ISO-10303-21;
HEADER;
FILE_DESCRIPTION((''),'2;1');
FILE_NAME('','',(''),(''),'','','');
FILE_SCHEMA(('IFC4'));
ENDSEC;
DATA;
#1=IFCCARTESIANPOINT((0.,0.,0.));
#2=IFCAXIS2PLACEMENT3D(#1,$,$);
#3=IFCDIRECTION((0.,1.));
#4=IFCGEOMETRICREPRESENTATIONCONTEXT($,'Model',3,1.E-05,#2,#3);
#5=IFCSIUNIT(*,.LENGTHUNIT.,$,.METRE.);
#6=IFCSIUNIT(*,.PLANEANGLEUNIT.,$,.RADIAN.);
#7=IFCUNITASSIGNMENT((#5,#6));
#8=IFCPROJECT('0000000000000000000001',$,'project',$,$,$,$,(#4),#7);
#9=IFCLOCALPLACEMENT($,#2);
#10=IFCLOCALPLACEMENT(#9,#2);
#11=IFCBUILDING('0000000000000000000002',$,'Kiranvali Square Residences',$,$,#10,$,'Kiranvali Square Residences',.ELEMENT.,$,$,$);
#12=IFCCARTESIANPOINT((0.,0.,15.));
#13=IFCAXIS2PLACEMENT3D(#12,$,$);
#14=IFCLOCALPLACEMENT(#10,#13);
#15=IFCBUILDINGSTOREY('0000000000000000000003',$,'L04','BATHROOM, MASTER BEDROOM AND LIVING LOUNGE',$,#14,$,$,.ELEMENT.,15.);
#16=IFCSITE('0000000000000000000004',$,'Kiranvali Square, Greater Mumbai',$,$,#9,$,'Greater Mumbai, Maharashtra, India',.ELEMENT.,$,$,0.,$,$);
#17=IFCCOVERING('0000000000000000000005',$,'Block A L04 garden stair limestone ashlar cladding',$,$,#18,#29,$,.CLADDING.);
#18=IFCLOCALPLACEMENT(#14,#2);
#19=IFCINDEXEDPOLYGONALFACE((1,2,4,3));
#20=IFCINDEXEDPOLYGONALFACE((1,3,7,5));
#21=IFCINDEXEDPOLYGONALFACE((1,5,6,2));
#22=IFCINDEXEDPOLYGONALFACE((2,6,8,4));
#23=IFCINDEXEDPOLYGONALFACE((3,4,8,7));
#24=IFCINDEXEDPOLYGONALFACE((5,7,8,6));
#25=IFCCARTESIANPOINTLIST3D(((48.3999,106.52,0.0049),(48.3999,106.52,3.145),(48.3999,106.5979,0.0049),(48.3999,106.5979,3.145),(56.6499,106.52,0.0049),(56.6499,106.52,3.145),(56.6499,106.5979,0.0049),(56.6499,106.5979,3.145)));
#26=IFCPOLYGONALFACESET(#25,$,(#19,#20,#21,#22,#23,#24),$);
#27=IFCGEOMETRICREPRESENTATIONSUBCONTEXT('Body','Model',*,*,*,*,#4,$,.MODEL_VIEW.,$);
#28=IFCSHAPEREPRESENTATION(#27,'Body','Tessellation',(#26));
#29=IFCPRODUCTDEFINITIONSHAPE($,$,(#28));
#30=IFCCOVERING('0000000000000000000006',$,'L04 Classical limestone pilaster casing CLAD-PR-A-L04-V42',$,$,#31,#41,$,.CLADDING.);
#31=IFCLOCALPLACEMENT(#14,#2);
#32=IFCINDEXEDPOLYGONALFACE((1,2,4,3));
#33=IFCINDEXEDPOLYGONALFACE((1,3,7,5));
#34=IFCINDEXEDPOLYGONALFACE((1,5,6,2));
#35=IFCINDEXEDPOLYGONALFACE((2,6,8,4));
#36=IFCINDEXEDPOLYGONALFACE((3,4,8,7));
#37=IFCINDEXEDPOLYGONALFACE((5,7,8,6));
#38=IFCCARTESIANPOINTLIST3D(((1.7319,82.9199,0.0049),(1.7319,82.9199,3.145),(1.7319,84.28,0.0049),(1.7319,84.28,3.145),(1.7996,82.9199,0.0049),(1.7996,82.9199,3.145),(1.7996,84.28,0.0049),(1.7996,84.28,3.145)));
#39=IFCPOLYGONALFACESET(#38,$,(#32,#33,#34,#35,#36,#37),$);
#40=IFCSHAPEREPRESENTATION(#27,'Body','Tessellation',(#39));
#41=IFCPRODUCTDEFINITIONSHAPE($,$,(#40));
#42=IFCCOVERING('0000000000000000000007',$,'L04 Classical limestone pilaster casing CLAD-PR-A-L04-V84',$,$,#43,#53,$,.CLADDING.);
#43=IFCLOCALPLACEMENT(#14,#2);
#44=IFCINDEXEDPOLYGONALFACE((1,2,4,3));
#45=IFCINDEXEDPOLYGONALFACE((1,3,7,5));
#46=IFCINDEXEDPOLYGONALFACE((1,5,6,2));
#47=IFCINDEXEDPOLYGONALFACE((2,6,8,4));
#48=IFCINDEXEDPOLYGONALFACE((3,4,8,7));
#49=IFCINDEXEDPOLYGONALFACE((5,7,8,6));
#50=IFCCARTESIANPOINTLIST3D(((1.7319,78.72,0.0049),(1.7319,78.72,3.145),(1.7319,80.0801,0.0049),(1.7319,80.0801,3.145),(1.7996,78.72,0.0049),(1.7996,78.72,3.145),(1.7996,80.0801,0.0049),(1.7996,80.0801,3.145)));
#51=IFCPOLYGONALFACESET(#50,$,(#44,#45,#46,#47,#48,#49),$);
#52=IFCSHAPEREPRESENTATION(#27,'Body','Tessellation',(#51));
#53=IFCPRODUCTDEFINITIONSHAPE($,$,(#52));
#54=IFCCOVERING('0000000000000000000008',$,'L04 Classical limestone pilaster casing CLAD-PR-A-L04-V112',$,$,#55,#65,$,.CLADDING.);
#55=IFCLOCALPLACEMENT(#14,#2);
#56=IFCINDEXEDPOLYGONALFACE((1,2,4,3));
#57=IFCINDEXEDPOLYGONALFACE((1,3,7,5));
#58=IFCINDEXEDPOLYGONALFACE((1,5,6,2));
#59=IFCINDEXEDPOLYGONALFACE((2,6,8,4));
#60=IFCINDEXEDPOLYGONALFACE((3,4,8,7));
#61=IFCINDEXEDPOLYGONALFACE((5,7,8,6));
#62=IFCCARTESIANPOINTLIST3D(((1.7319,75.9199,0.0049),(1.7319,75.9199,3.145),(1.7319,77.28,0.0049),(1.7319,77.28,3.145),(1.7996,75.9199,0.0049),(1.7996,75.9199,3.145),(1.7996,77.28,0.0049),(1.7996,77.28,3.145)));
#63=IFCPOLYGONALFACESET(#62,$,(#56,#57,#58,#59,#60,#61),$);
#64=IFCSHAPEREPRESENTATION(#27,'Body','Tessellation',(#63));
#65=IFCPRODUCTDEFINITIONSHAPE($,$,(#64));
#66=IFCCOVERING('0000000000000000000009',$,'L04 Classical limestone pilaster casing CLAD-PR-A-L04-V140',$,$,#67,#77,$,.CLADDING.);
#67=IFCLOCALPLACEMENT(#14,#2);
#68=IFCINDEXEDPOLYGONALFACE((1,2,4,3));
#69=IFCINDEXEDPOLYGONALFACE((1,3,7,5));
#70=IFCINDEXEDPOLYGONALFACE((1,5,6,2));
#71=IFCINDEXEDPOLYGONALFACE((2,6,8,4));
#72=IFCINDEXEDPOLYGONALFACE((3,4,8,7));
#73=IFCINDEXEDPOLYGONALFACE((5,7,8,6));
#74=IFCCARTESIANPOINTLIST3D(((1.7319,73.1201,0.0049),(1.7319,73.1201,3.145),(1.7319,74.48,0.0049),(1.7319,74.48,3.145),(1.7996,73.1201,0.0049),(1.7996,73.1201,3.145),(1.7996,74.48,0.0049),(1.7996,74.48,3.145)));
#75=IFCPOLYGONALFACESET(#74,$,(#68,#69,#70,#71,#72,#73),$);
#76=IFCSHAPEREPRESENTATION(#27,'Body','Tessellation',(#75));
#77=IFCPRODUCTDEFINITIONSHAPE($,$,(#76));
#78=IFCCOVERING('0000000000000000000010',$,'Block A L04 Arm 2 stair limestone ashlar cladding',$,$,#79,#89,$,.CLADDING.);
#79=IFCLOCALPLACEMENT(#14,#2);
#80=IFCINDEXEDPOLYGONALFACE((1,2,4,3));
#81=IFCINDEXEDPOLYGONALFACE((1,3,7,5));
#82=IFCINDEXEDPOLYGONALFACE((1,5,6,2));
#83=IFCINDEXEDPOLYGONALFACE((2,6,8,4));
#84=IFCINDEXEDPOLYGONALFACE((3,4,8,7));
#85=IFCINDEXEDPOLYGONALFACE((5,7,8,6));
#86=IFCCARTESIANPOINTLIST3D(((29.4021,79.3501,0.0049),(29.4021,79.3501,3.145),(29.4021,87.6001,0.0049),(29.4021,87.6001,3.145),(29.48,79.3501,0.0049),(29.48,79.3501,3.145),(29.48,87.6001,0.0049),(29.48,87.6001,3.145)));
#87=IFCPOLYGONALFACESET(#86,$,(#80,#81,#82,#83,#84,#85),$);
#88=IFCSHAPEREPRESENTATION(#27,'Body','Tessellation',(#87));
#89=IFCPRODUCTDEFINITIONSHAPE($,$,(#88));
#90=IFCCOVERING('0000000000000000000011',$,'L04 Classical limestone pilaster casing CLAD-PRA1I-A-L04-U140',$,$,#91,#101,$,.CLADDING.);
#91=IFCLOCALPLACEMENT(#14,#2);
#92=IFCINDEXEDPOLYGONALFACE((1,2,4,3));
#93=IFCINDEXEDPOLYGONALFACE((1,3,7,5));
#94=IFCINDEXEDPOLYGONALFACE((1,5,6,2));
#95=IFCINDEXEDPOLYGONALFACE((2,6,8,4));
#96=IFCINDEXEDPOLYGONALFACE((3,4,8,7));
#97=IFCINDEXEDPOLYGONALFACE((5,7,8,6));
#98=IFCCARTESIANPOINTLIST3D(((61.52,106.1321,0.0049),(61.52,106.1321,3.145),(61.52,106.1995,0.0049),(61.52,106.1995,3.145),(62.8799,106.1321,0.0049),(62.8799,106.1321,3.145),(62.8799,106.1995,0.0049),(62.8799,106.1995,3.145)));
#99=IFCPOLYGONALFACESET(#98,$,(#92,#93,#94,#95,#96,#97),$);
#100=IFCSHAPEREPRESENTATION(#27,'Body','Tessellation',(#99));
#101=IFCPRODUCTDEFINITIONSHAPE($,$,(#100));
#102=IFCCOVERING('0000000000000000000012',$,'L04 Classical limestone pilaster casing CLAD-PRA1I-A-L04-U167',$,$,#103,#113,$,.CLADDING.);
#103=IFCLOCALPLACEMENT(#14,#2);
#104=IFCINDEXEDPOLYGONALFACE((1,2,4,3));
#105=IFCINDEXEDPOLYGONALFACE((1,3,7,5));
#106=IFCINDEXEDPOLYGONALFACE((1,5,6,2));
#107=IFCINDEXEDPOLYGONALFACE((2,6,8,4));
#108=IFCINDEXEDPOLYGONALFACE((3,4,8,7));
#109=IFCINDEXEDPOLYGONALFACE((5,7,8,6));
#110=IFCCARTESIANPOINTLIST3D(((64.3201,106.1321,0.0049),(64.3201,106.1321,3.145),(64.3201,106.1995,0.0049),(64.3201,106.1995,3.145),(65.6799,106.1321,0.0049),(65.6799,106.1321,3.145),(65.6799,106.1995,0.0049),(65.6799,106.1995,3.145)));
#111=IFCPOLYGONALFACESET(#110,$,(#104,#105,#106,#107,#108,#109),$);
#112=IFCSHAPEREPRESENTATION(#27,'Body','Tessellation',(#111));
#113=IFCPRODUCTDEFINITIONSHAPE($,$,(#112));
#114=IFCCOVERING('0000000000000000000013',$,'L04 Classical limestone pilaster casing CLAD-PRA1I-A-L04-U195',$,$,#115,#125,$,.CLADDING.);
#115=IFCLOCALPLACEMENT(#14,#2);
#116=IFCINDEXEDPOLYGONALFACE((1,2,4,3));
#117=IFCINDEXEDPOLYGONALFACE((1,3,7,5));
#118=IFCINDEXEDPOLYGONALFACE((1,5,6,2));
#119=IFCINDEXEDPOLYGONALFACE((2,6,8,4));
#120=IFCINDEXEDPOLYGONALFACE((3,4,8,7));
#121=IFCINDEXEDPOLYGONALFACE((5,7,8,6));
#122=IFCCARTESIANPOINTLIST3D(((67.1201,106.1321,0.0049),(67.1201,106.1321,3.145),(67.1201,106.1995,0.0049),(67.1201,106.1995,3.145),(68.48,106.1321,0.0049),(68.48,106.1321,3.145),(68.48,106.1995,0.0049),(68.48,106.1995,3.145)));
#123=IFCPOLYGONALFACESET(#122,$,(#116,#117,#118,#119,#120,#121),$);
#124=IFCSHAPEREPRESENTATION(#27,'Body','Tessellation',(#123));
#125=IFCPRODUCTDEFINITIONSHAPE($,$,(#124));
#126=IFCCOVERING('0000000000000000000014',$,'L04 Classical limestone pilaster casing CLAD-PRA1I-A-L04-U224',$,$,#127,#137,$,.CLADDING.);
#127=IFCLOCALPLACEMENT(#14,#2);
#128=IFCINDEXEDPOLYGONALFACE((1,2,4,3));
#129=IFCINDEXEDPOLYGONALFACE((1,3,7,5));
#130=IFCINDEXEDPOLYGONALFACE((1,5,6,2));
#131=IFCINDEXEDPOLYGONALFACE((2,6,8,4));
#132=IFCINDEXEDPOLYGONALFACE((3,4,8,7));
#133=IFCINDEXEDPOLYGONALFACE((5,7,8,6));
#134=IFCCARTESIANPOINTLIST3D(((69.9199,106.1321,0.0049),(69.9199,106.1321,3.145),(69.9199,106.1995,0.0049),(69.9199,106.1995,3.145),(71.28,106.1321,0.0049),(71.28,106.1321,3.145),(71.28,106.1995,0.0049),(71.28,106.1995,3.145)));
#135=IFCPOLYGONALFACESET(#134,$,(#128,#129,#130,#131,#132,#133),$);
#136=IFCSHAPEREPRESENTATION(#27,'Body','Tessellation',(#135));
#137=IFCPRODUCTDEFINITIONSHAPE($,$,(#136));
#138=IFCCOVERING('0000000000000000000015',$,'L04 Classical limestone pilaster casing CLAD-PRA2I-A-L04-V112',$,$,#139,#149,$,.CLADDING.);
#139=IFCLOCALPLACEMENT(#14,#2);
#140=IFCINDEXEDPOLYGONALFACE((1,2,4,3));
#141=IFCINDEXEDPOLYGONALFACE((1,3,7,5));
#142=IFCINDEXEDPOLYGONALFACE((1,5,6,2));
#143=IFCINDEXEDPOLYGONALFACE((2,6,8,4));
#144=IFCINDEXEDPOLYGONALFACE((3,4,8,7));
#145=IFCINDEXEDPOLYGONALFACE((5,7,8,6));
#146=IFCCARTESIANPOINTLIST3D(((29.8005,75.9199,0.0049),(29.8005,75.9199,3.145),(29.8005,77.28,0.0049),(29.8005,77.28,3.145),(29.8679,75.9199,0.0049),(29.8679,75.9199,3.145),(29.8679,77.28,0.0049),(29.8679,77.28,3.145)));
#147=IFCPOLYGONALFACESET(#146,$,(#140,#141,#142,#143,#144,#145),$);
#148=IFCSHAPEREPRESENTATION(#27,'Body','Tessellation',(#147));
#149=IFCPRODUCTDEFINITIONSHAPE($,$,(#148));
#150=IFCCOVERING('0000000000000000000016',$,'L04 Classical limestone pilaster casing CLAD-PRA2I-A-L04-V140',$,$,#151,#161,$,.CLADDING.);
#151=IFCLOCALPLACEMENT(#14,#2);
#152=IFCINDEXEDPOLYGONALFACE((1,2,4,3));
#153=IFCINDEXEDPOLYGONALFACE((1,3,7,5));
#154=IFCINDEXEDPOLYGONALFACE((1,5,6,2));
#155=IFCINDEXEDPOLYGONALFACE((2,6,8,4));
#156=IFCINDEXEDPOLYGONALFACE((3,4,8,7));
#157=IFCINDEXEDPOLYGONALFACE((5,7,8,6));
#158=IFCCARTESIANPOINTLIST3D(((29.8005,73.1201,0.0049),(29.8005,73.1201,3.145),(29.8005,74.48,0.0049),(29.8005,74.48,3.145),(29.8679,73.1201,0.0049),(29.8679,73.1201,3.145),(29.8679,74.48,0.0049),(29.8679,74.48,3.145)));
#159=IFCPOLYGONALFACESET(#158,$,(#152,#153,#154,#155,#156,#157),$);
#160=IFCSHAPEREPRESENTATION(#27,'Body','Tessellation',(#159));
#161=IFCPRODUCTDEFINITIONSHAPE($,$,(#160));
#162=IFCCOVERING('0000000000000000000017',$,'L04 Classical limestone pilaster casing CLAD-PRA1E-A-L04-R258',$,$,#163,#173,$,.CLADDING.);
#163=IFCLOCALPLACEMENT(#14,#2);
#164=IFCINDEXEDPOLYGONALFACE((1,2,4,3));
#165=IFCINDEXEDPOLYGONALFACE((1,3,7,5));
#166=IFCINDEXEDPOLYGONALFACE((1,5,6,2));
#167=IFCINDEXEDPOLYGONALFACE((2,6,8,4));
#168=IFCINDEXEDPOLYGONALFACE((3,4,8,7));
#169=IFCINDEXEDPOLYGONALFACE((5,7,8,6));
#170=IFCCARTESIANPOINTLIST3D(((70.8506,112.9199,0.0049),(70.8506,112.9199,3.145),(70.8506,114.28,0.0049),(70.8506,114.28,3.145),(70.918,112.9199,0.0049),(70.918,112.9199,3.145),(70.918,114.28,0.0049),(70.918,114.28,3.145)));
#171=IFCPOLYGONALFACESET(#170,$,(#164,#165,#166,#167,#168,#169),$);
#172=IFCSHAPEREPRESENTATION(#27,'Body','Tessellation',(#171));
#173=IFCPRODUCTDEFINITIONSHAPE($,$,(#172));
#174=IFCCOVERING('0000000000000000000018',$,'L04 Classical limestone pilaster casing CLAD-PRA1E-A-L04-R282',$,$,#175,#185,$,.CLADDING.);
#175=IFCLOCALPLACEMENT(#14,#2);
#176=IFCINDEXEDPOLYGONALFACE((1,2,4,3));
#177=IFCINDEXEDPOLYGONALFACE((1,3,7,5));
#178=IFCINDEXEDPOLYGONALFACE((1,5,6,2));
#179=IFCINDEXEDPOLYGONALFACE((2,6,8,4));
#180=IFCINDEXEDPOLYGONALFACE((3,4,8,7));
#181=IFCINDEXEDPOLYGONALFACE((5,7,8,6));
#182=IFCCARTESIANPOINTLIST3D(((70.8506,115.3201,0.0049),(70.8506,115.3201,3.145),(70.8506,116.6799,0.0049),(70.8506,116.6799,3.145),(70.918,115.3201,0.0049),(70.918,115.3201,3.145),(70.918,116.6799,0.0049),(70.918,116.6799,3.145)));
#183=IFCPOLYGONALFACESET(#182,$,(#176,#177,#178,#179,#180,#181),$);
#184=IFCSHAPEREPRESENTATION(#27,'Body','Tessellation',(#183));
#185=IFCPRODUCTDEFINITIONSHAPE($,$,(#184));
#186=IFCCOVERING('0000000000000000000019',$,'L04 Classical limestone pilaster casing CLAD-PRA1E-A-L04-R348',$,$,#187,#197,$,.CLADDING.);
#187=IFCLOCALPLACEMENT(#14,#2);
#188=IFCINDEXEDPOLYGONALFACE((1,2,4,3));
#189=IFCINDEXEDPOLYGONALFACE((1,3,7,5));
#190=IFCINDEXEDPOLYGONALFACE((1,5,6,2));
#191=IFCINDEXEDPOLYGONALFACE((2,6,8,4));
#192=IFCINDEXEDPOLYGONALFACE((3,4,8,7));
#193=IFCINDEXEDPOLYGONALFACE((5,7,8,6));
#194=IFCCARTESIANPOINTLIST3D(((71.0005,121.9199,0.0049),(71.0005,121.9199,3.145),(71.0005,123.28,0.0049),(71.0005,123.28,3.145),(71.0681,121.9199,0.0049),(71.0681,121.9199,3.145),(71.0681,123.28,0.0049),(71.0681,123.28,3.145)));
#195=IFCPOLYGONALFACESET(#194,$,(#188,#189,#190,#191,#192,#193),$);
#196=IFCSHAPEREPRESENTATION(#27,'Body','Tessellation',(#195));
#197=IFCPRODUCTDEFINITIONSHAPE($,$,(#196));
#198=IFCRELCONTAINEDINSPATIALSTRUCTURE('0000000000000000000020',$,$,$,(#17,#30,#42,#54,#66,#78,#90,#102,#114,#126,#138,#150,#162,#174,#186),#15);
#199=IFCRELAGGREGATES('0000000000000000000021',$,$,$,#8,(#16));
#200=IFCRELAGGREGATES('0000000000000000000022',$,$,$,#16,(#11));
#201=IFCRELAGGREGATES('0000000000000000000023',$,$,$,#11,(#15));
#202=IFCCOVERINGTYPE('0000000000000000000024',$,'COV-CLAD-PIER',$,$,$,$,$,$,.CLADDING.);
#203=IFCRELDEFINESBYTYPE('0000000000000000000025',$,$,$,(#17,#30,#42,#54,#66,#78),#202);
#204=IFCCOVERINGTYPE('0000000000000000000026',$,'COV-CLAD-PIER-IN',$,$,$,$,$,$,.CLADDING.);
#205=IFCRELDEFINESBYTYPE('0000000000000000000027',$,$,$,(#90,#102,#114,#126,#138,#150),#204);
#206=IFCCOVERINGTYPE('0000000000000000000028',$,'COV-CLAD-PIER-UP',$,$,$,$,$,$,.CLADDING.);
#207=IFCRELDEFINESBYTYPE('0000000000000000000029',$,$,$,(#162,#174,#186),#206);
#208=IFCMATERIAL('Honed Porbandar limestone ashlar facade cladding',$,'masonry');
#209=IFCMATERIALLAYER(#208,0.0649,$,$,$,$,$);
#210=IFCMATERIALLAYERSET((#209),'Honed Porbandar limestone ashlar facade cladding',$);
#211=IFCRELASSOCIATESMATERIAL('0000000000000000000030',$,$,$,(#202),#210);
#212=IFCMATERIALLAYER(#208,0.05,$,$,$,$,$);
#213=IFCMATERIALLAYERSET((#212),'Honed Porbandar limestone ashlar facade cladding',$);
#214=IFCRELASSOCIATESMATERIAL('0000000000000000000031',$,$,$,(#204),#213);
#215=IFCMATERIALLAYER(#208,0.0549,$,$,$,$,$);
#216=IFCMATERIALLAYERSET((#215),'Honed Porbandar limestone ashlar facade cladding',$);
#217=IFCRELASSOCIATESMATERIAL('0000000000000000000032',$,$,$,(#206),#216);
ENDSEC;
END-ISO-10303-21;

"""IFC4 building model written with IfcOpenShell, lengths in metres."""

from ifc_helpers import new_model, si_unit, direction, frame, origin, place, context, subcontext, project, spatial, polyline, outline, extrude, material, layer, layer_set, type_object, element, save


model = new_model("IFC4")

# Units and contexts
model_context = context("Model", 3, precision=1e-05, world=origin(), true_north=direction((0.0, 1.0)))
body_context = subcontext(model_context, "Body", "Model", "MODEL_VIEW")
ifc_project = project(units=[si_unit("LENGTHUNIT", "METRE"), si_unit("PLANEANGLEUNIT", "RADIAN")], contexts=[model_context])

# Site, building, storey
site_placement = place(None, origin())
site = spatial("IfcSite", under=ifc_project, at=site_placement, Name="Kiranvali Square, Greater Mumbai", LongName="Greater Mumbai, Maharashtra, India", CompositionType="ELEMENT", RefElevation=0.0)
building_placement = place(site_placement, origin())
building = spatial("IfcBuilding", under=site, at=building_placement, Name="Kiranvali Square Residences", LongName="Kiranvali Square Residences", CompositionType="ELEMENT")
storey_placement = place(building_placement, frame((0.0, 0.0, 15.0)))
storey = spatial("IfcBuildingStorey", under=building, at=storey_placement, Name="L04", Description="BATHROOM, MASTER BEDROOM AND LIVING LOUNGE", CompositionType="ELEMENT", Elevation=15.0)

# Coverings
ifc_material = material(Name="Honed Porbandar limestone ashlar facade cladding", Category="masonry")
ifc_layer_1 = layer(ifc_material, 0.0649)
ifc_layer_set_1 = layer_set([ifc_layer_1], Name="Honed Porbandar limestone ashlar facade cladding")
covering_type_1 = type_object("IfcCoveringType", Name="COV-CLAD-PIER", PredefinedType="CLADDING", material=ifc_layer_set_1)
covering_1_placement = place(storey_placement, frame((0.0, 0.0, 0.0049)))
element("IfcCovering", 1, at=covering_1_placement, inside=storey, type_object=covering_type_1, Name="Block A L04 garden stair limestone ashlar cladding", PredefinedType="CLADDING", context=body_context, shape_type="SweptSolid", body=[
    extrude(outline(polyline([(48.3999, 106.52), (56.6499, 106.52), (56.6499, 106.5979), (48.3999, 106.5979), (48.3999, 106.52)])), origin(), (0.0, 0.0, 1.0), 3.1401),
])
covering_2_placement = place(storey_placement, frame((0.0, 0.0, 0.0049)))
element("IfcCovering", 2, at=covering_2_placement, inside=storey, type_object=covering_type_1, Name="L04 Classical limestone pilaster casing CLAD-PR-A-L04-V42", PredefinedType="CLADDING", context=body_context, shape_type="SweptSolid", body=[
    extrude(outline(polyline([(1.7319, 84.28), (1.7319, 82.9199), (1.7996, 82.9199), (1.7996, 84.28), (1.7319, 84.28)])), origin(), (0.0, 0.0, 1.0), 3.1401),
])
covering_3_placement = place(storey_placement, frame((0.0, 0.0, 0.0049)))
element("IfcCovering", 3, at=covering_3_placement, inside=storey, type_object=covering_type_1, Name="L04 Classical limestone pilaster casing CLAD-PR-A-L04-V84", PredefinedType="CLADDING", context=body_context, shape_type="SweptSolid", body=[
    extrude(outline(polyline([(1.7319, 80.0801), (1.7319, 78.72), (1.7996, 78.72), (1.7996, 80.0801), (1.7319, 80.0801)])), origin(), (0.0, 0.0, 1.0), 3.1401),
])
covering_4_placement = place(storey_placement, frame((0.0, 0.0, 0.0049)))
element("IfcCovering", 4, at=covering_4_placement, inside=storey, type_object=covering_type_1, Name="L04 Classical limestone pilaster casing CLAD-PR-A-L04-V112", PredefinedType="CLADDING", context=body_context, shape_type="SweptSolid", body=[
    extrude(outline(polyline([(1.7319, 77.28), (1.7319, 75.9199), (1.7996, 75.9199), (1.7996, 77.28), (1.7319, 77.28)])), origin(), (0.0, 0.0, 1.0), 3.1401),
])
covering_5_placement = place(storey_placement, frame((0.0, 0.0, 0.0049)))
element("IfcCovering", 5, at=covering_5_placement, inside=storey, type_object=covering_type_1, Name="L04 Classical limestone pilaster casing CLAD-PR-A-L04-V140", PredefinedType="CLADDING", context=body_context, shape_type="SweptSolid", body=[
    extrude(outline(polyline([(1.7319, 74.48), (1.7319, 73.1201), (1.7996, 73.1201), (1.7996, 74.48), (1.7319, 74.48)])), origin(), (0.0, 0.0, 1.0), 3.1401),
])
covering_6_placement = place(storey_placement, frame((0.0, 0.0, 0.0049)))
element("IfcCovering", 6, at=covering_6_placement, inside=storey, type_object=covering_type_1, Name="Block A L04 Arm 2 stair limestone ashlar cladding", PredefinedType="CLADDING", context=body_context, shape_type="SweptSolid", body=[
    extrude(outline(polyline([(29.4021, 87.6001), (29.4021, 79.3501), (29.48, 79.3501), (29.48, 87.6001), (29.4021, 87.6001)])), origin(), (0.0, 0.0, 1.0), 3.1401),
])
ifc_layer_2 = layer(ifc_material, 0.05)
ifc_layer_set_2 = layer_set([ifc_layer_2], Name="Honed Porbandar limestone ashlar facade cladding")
covering_type_2 = type_object("IfcCoveringType", Name="COV-CLAD-PIER-IN", PredefinedType="CLADDING", material=ifc_layer_set_2)
covering_7_placement = place(storey_placement, frame((0.0, 0.0, 0.0049)))
element("IfcCovering", 7, at=covering_7_placement, inside=storey, type_object=covering_type_2, Name="L04 Classical limestone pilaster casing CLAD-PRA1I-A-L04-U140", PredefinedType="CLADDING", context=body_context, shape_type="SweptSolid", body=[
    extrude(outline(polyline([(61.52, 106.1321), (62.8799, 106.1321), (62.8799, 106.1995), (61.52, 106.1995), (61.52, 106.1321)])), origin(), (0.0, 0.0, 1.0), 3.1401),
])
covering_8_placement = place(storey_placement, frame((0.0, 0.0, 0.0049)))
element("IfcCovering", 8, at=covering_8_placement, inside=storey, type_object=covering_type_2, Name="L04 Classical limestone pilaster casing CLAD-PRA1I-A-L04-U167", PredefinedType="CLADDING", context=body_context, shape_type="SweptSolid", body=[
    extrude(outline(polyline([(64.3201, 106.1321), (65.6799, 106.1321), (65.6799, 106.1995), (64.3201, 106.1995), (64.3201, 106.1321)])), origin(), (0.0, 0.0, 1.0), 3.1401),
])
covering_9_placement = place(storey_placement, frame((0.0, 0.0, 0.0049)))
element("IfcCovering", 9, at=covering_9_placement, inside=storey, type_object=covering_type_2, Name="L04 Classical limestone pilaster casing CLAD-PRA1I-A-L04-U195", PredefinedType="CLADDING", context=body_context, shape_type="SweptSolid", body=[
    extrude(outline(polyline([(67.1201, 106.1321), (68.48, 106.1321), (68.48, 106.1995), (67.1201, 106.1995), (67.1201, 106.1321)])), origin(), (0.0, 0.0, 1.0), 3.1401),
])
covering_10_placement = place(storey_placement, frame((0.0, 0.0, 0.0049)))
element("IfcCovering", 10, at=covering_10_placement, inside=storey, type_object=covering_type_2, Name="L04 Classical limestone pilaster casing CLAD-PRA1I-A-L04-U224", PredefinedType="CLADDING", context=body_context, shape_type="SweptSolid", body=[
    extrude(outline(polyline([(69.9199, 106.1321), (71.28, 106.1321), (71.28, 106.1995), (69.9199, 106.1995), (69.9199, 106.1321)])), origin(), (0.0, 0.0, 1.0), 3.1401),
])
covering_11_placement = place(storey_placement, frame((0.0, 0.0, 0.0049)))
element("IfcCovering", 11, at=covering_11_placement, inside=storey, type_object=covering_type_2, Name="L04 Classical limestone pilaster casing CLAD-PRA2I-A-L04-V112", PredefinedType="CLADDING", context=body_context, shape_type="SweptSolid", body=[
    extrude(outline(polyline([(29.8005, 77.28), (29.8005, 75.9199), (29.8679, 75.9199), (29.8679, 77.28), (29.8005, 77.28)])), origin(), (0.0, 0.0, 1.0), 3.1401),
])
covering_12_placement = place(storey_placement, frame((0.0, 0.0, 0.0049)))
element("IfcCovering", 12, at=covering_12_placement, inside=storey, type_object=covering_type_2, Name="L04 Classical limestone pilaster casing CLAD-PRA2I-A-L04-V140", PredefinedType="CLADDING", context=body_context, shape_type="SweptSolid", body=[
    extrude(outline(polyline([(29.8005, 74.48), (29.8005, 73.1201), (29.8679, 73.1201), (29.8679, 74.48), (29.8005, 74.48)])), origin(), (0.0, 0.0, 1.0), 3.1401),
])
ifc_layer_3 = layer(ifc_material, 0.0549)
ifc_layer_set_3 = layer_set([ifc_layer_3], Name="Honed Porbandar limestone ashlar facade cladding")
covering_type_3 = type_object("IfcCoveringType", Name="COV-CLAD-PIER-UP", PredefinedType="CLADDING", material=ifc_layer_set_3)
covering_13_placement = place(storey_placement, frame((0.0, 0.0, 0.0049)))
element("IfcCovering", 13, at=covering_13_placement, inside=storey, type_object=covering_type_3, Name="L04 Classical limestone pilaster casing CLAD-PRA1E-A-L04-R258", PredefinedType="CLADDING", context=body_context, shape_type="SweptSolid", body=[
    extrude(outline(polyline([(70.918, 112.9199), (70.918, 114.28), (70.8506, 114.28), (70.8506, 112.9199), (70.918, 112.9199)])), origin(), (0.0, 0.0, 1.0), 3.1401),
])
covering_14_placement = place(storey_placement, frame((0.0, 0.0, 0.0049)))
element("IfcCovering", 14, at=covering_14_placement, inside=storey, type_object=covering_type_3, Name="L04 Classical limestone pilaster casing CLAD-PRA1E-A-L04-R282", PredefinedType="CLADDING", context=body_context, shape_type="SweptSolid", body=[
    extrude(outline(polyline([(70.918, 115.3201), (70.918, 116.6799), (70.8506, 116.6799), (70.8506, 115.3201), (70.918, 115.3201)])), origin(), (0.0, 0.0, 1.0), 3.1401),
])
covering_15_placement = place(storey_placement, frame((0.0, 0.0, 0.0049)))
element("IfcCovering", 15, at=covering_15_placement, inside=storey, type_object=covering_type_3, Name="L04 Classical limestone pilaster casing CLAD-PRA1E-A-L04-R348", PredefinedType="CLADDING", context=body_context, shape_type="SweptSolid", body=[
    extrude(outline(polyline([(71.0681, 121.9199), (71.0681, 123.28), (71.0005, 123.28), (71.0005, 121.9199), (71.0681, 121.9199)])), origin(), (0.0, 0.0, 1.0), 3.1401),
])

save(model, "model.ifc")
